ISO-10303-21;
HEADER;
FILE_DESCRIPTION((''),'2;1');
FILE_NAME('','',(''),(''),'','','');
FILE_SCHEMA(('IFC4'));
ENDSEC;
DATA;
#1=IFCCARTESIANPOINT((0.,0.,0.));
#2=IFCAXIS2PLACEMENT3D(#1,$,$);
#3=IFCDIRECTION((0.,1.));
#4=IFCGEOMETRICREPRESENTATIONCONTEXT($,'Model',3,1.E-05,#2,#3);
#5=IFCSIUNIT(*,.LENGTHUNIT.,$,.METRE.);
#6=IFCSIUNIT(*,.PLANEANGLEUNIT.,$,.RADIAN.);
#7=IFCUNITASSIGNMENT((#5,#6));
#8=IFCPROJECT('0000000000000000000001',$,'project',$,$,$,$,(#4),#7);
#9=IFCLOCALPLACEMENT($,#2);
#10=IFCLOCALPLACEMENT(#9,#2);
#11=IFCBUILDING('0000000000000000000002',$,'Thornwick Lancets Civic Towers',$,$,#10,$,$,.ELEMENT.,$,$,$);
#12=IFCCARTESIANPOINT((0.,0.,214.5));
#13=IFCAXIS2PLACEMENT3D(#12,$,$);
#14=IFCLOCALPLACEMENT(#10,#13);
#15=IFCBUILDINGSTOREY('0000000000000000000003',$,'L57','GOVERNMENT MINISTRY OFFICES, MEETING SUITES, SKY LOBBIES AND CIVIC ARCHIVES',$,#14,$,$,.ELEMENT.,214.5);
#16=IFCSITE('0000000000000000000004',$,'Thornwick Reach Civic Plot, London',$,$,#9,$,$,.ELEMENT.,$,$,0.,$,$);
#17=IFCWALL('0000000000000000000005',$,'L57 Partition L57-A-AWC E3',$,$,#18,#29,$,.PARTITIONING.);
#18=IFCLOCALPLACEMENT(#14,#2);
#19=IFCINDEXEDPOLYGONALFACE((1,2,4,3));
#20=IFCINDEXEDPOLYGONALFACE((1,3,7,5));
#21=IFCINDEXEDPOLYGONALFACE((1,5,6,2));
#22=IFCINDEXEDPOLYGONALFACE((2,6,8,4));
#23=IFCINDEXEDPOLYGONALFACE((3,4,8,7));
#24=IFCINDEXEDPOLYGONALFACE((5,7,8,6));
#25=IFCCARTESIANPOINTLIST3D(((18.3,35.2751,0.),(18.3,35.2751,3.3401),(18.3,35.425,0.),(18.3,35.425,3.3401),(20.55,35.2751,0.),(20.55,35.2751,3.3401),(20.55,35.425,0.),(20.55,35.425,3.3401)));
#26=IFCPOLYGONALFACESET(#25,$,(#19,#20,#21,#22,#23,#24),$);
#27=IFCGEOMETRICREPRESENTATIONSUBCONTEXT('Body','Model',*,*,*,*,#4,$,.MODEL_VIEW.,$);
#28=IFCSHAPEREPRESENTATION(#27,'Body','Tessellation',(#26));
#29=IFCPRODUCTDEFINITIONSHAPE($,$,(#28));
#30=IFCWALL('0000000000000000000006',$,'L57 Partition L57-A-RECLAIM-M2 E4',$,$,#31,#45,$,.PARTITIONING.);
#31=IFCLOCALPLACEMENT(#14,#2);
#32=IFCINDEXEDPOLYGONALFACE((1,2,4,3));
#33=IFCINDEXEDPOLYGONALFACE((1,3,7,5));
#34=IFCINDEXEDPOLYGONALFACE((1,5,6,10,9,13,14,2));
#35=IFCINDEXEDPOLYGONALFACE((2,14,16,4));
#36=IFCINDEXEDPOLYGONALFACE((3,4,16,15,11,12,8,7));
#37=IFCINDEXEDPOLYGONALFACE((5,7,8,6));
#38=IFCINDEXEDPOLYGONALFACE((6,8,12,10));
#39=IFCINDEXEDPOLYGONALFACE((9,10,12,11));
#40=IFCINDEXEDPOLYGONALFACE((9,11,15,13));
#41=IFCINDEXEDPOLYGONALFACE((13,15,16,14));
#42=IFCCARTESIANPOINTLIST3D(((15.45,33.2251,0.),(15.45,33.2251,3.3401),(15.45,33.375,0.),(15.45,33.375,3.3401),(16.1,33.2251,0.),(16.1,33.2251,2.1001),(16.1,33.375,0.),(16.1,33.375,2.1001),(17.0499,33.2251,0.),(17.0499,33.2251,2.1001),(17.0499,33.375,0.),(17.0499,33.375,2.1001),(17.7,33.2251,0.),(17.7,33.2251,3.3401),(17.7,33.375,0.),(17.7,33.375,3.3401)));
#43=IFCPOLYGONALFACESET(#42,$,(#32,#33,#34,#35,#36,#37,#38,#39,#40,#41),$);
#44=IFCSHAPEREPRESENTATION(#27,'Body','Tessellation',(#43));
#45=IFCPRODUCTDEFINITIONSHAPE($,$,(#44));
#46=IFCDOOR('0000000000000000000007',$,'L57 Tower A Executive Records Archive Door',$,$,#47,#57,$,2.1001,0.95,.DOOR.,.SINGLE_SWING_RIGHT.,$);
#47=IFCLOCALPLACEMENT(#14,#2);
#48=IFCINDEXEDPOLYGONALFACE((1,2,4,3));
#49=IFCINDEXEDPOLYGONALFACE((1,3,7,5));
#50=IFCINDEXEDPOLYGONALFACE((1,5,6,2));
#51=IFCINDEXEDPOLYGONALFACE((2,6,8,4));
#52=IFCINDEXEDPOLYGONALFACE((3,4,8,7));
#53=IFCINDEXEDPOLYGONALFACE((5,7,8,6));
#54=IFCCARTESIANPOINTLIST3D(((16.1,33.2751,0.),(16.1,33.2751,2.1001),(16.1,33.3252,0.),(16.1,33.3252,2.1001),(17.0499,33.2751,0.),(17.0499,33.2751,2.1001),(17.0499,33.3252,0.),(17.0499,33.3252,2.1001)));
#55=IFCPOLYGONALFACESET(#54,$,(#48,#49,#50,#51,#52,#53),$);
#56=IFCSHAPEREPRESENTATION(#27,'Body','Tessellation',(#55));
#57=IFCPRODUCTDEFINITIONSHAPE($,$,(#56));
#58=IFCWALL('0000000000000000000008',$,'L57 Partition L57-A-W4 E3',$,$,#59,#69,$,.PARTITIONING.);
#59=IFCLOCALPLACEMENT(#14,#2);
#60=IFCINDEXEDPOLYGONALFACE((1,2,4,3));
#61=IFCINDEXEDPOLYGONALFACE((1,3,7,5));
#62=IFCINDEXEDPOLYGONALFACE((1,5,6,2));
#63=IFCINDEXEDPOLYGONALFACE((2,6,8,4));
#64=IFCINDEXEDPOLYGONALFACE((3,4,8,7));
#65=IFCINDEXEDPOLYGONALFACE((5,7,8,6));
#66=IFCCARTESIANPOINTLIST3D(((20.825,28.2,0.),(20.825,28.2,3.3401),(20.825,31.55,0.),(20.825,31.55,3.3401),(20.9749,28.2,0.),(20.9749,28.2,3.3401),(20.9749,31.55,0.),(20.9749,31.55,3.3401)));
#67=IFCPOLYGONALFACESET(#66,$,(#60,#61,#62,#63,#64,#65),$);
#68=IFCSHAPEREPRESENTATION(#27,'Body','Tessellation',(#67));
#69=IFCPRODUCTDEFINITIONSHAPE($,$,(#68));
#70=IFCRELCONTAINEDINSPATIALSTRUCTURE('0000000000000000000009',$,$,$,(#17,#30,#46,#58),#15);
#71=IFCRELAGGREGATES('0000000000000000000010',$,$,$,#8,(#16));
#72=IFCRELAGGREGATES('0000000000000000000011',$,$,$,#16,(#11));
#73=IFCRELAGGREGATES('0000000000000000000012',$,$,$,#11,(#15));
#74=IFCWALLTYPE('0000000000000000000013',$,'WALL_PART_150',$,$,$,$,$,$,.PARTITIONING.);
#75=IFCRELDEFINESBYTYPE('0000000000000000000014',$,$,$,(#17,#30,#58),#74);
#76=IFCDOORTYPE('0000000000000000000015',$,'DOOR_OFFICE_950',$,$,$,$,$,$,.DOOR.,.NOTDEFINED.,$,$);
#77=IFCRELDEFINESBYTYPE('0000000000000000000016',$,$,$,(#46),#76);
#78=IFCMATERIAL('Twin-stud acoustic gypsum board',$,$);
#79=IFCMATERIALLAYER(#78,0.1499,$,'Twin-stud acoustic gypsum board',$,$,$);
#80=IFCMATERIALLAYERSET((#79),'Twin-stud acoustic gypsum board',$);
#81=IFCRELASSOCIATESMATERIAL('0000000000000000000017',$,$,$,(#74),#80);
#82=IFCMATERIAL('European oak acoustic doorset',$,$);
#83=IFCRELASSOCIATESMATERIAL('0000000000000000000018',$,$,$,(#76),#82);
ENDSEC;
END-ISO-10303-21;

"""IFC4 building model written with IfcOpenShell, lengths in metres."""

from ifc_helpers import new_model, si_unit, direction, frame, frame_2d, origin, place, context, subcontext, project, spatial, rectangle, extrude, material, layer, layer_set, type_object, element, fill, save


model = new_model("IFC4")

# Units and contexts
model_context = context("Model", 3, precision=1e-05, world=origin(), true_north=direction((0.0, 1.0)))
body_context = subcontext(model_context, "Body", "Model", "MODEL_VIEW")
ifc_project = project(units=[si_unit("LENGTHUNIT", "METRE"), si_unit("PLANEANGLEUNIT", "RADIAN")], contexts=[model_context])

# Site, building, storey
site_placement = place(None, origin())
site = spatial("IfcSite", under=ifc_project, at=site_placement, Name="Thornwick Reach Civic Plot, London", CompositionType="ELEMENT", RefElevation=0.0)
building_placement = place(site_placement, origin())
building = spatial("IfcBuilding", under=site, at=building_placement, Name="Thornwick Lancets Civic Towers", CompositionType="ELEMENT")
storey_placement = place(building_placement, frame((0.0, 0.0, 214.5)))
storey = spatial("IfcBuildingStorey", under=building, at=storey_placement, Name="L57", Description="GOVERNMENT MINISTRY OFFICES, MEETING SUITES, SKY LOBBIES AND CIVIC ARCHIVES", CompositionType="ELEMENT", Elevation=214.5)

# Shared definitions
ifc_material_1 = material(Name="Twin-stud acoustic gypsum board")
ifc_layer_1 = layer(ifc_material_1, 0.1499, Name="Twin-stud acoustic gypsum board")
ifc_layer_set_1 = layer_set([ifc_layer_1], Name="Twin-stud acoustic gypsum board")
wall_type_1 = type_object("IfcWallType", Name="WALL_PART_150", PredefinedType="PARTITIONING", material=ifc_layer_set_1)

# Wall
wall_1_placement = place(storey_placement, frame((20.55, 35.3501, 0.0), z_axis=(0.0, 0.0, 1.0), x_axis=(-1.0, 0.0, 0.0)))
element("IfcWall", 1, at=wall_1_placement, inside=storey, type_object=wall_type_1, Name="L57 Partition L57-A-AWC E3", PredefinedType="PARTITIONING", context=body_context, shape_type="SweptSolid", body=[
    extrude(rectangle(XDim=2.25, YDim=0.1499, at=frame_2d((1.125, 0.0))), origin(), (0.0, 0.0, 1.0), 3.3401),
])

# Wall, opening, door
wall_2_placement = place(storey_placement, frame((17.7, 33.3, 0.0), z_axis=(0.0, 0.0, 1.0), x_axis=(-1.0, 0.0, 0.0)))
wall_2 = element("IfcWall", 2, at=wall_2_placement, inside=storey, type_object=wall_type_1, Name="L57 Partition L57-A-RECLAIM-M2 E4", PredefinedType="PARTITIONING", context=body_context, shape_type="SweptSolid", body=[
    extrude(rectangle(XDim=2.25, YDim=0.1499, at=frame_2d((1.125, 0.0))), origin(), (0.0, 0.0, 1.0), 3.3401),
])
opening_1_placement = place(wall_2_placement, frame((0.6499, 0.0, 0.0)))
opening_1 = element("IfcOpeningElement", 3, at=opening_1_placement, cuts=wall_2, PredefinedType="OPENING", context=body_context, shape_type="SweptSolid", body=[
    extrude(rectangle(XDim=0.95, YDim=2.1001, at=frame_2d((0.4751, 1.05))), frame((0.0, 0.085, 0.0), z_axis=(0.0, -1.0, 0.0), x_axis=(1.0, 0.0, 0.0)), (0.0, 0.0, 1.0), 0.1699),
])
ifc_material_2 = material(Name="European oak acoustic doorset")
door_type_1 = type_object("IfcDoorType", Name="DOOR_OFFICE_950", OperationType="NOTDEFINED", PredefinedType="DOOR", material=ifc_material_2)
door_1_placement = place(opening_1_placement, origin())
door_1 = element("IfcDoor", 4, at=door_1_placement, inside=storey, type_object=door_type_1, Name="L57 Tower A Executive Records Archive Door", OperationType="SINGLE_SWING_RIGHT", OverallHeight=2.1001, OverallWidth=0.95, PredefinedType="DOOR", context=body_context, shape_type="SweptSolid", body=[
    extrude(rectangle(XDim=0.95, YDim=2.1001, at=frame_2d((0.4751, 1.05))), frame((0.0, 0.0249, 0.0), z_axis=(0.0, -1.0, 0.0), x_axis=(1.0, 0.0, 0.0)), (0.0, 0.0, 1.0), 0.05),
])
fill(opening_1, door_1)

# Wall
wall_3_placement = place(storey_placement, frame((20.8999, 31.55, 0.0), z_axis=(0.0, 0.0, 1.0), x_axis=(0.0, -1.0, 0.0)))
element("IfcWall", 5, at=wall_3_placement, inside=storey, type_object=wall_type_1, Name="L57 Partition L57-A-W4 E3", PredefinedType="PARTITIONING", context=body_context, shape_type="SweptSolid", body=[
    extrude(rectangle(XDim=3.3501, YDim=0.1499, at=frame_2d((1.675, 0.0))), origin(), (0.0, 0.0, 1.0), 3.3401),
])

save(model, "model.ifc")
